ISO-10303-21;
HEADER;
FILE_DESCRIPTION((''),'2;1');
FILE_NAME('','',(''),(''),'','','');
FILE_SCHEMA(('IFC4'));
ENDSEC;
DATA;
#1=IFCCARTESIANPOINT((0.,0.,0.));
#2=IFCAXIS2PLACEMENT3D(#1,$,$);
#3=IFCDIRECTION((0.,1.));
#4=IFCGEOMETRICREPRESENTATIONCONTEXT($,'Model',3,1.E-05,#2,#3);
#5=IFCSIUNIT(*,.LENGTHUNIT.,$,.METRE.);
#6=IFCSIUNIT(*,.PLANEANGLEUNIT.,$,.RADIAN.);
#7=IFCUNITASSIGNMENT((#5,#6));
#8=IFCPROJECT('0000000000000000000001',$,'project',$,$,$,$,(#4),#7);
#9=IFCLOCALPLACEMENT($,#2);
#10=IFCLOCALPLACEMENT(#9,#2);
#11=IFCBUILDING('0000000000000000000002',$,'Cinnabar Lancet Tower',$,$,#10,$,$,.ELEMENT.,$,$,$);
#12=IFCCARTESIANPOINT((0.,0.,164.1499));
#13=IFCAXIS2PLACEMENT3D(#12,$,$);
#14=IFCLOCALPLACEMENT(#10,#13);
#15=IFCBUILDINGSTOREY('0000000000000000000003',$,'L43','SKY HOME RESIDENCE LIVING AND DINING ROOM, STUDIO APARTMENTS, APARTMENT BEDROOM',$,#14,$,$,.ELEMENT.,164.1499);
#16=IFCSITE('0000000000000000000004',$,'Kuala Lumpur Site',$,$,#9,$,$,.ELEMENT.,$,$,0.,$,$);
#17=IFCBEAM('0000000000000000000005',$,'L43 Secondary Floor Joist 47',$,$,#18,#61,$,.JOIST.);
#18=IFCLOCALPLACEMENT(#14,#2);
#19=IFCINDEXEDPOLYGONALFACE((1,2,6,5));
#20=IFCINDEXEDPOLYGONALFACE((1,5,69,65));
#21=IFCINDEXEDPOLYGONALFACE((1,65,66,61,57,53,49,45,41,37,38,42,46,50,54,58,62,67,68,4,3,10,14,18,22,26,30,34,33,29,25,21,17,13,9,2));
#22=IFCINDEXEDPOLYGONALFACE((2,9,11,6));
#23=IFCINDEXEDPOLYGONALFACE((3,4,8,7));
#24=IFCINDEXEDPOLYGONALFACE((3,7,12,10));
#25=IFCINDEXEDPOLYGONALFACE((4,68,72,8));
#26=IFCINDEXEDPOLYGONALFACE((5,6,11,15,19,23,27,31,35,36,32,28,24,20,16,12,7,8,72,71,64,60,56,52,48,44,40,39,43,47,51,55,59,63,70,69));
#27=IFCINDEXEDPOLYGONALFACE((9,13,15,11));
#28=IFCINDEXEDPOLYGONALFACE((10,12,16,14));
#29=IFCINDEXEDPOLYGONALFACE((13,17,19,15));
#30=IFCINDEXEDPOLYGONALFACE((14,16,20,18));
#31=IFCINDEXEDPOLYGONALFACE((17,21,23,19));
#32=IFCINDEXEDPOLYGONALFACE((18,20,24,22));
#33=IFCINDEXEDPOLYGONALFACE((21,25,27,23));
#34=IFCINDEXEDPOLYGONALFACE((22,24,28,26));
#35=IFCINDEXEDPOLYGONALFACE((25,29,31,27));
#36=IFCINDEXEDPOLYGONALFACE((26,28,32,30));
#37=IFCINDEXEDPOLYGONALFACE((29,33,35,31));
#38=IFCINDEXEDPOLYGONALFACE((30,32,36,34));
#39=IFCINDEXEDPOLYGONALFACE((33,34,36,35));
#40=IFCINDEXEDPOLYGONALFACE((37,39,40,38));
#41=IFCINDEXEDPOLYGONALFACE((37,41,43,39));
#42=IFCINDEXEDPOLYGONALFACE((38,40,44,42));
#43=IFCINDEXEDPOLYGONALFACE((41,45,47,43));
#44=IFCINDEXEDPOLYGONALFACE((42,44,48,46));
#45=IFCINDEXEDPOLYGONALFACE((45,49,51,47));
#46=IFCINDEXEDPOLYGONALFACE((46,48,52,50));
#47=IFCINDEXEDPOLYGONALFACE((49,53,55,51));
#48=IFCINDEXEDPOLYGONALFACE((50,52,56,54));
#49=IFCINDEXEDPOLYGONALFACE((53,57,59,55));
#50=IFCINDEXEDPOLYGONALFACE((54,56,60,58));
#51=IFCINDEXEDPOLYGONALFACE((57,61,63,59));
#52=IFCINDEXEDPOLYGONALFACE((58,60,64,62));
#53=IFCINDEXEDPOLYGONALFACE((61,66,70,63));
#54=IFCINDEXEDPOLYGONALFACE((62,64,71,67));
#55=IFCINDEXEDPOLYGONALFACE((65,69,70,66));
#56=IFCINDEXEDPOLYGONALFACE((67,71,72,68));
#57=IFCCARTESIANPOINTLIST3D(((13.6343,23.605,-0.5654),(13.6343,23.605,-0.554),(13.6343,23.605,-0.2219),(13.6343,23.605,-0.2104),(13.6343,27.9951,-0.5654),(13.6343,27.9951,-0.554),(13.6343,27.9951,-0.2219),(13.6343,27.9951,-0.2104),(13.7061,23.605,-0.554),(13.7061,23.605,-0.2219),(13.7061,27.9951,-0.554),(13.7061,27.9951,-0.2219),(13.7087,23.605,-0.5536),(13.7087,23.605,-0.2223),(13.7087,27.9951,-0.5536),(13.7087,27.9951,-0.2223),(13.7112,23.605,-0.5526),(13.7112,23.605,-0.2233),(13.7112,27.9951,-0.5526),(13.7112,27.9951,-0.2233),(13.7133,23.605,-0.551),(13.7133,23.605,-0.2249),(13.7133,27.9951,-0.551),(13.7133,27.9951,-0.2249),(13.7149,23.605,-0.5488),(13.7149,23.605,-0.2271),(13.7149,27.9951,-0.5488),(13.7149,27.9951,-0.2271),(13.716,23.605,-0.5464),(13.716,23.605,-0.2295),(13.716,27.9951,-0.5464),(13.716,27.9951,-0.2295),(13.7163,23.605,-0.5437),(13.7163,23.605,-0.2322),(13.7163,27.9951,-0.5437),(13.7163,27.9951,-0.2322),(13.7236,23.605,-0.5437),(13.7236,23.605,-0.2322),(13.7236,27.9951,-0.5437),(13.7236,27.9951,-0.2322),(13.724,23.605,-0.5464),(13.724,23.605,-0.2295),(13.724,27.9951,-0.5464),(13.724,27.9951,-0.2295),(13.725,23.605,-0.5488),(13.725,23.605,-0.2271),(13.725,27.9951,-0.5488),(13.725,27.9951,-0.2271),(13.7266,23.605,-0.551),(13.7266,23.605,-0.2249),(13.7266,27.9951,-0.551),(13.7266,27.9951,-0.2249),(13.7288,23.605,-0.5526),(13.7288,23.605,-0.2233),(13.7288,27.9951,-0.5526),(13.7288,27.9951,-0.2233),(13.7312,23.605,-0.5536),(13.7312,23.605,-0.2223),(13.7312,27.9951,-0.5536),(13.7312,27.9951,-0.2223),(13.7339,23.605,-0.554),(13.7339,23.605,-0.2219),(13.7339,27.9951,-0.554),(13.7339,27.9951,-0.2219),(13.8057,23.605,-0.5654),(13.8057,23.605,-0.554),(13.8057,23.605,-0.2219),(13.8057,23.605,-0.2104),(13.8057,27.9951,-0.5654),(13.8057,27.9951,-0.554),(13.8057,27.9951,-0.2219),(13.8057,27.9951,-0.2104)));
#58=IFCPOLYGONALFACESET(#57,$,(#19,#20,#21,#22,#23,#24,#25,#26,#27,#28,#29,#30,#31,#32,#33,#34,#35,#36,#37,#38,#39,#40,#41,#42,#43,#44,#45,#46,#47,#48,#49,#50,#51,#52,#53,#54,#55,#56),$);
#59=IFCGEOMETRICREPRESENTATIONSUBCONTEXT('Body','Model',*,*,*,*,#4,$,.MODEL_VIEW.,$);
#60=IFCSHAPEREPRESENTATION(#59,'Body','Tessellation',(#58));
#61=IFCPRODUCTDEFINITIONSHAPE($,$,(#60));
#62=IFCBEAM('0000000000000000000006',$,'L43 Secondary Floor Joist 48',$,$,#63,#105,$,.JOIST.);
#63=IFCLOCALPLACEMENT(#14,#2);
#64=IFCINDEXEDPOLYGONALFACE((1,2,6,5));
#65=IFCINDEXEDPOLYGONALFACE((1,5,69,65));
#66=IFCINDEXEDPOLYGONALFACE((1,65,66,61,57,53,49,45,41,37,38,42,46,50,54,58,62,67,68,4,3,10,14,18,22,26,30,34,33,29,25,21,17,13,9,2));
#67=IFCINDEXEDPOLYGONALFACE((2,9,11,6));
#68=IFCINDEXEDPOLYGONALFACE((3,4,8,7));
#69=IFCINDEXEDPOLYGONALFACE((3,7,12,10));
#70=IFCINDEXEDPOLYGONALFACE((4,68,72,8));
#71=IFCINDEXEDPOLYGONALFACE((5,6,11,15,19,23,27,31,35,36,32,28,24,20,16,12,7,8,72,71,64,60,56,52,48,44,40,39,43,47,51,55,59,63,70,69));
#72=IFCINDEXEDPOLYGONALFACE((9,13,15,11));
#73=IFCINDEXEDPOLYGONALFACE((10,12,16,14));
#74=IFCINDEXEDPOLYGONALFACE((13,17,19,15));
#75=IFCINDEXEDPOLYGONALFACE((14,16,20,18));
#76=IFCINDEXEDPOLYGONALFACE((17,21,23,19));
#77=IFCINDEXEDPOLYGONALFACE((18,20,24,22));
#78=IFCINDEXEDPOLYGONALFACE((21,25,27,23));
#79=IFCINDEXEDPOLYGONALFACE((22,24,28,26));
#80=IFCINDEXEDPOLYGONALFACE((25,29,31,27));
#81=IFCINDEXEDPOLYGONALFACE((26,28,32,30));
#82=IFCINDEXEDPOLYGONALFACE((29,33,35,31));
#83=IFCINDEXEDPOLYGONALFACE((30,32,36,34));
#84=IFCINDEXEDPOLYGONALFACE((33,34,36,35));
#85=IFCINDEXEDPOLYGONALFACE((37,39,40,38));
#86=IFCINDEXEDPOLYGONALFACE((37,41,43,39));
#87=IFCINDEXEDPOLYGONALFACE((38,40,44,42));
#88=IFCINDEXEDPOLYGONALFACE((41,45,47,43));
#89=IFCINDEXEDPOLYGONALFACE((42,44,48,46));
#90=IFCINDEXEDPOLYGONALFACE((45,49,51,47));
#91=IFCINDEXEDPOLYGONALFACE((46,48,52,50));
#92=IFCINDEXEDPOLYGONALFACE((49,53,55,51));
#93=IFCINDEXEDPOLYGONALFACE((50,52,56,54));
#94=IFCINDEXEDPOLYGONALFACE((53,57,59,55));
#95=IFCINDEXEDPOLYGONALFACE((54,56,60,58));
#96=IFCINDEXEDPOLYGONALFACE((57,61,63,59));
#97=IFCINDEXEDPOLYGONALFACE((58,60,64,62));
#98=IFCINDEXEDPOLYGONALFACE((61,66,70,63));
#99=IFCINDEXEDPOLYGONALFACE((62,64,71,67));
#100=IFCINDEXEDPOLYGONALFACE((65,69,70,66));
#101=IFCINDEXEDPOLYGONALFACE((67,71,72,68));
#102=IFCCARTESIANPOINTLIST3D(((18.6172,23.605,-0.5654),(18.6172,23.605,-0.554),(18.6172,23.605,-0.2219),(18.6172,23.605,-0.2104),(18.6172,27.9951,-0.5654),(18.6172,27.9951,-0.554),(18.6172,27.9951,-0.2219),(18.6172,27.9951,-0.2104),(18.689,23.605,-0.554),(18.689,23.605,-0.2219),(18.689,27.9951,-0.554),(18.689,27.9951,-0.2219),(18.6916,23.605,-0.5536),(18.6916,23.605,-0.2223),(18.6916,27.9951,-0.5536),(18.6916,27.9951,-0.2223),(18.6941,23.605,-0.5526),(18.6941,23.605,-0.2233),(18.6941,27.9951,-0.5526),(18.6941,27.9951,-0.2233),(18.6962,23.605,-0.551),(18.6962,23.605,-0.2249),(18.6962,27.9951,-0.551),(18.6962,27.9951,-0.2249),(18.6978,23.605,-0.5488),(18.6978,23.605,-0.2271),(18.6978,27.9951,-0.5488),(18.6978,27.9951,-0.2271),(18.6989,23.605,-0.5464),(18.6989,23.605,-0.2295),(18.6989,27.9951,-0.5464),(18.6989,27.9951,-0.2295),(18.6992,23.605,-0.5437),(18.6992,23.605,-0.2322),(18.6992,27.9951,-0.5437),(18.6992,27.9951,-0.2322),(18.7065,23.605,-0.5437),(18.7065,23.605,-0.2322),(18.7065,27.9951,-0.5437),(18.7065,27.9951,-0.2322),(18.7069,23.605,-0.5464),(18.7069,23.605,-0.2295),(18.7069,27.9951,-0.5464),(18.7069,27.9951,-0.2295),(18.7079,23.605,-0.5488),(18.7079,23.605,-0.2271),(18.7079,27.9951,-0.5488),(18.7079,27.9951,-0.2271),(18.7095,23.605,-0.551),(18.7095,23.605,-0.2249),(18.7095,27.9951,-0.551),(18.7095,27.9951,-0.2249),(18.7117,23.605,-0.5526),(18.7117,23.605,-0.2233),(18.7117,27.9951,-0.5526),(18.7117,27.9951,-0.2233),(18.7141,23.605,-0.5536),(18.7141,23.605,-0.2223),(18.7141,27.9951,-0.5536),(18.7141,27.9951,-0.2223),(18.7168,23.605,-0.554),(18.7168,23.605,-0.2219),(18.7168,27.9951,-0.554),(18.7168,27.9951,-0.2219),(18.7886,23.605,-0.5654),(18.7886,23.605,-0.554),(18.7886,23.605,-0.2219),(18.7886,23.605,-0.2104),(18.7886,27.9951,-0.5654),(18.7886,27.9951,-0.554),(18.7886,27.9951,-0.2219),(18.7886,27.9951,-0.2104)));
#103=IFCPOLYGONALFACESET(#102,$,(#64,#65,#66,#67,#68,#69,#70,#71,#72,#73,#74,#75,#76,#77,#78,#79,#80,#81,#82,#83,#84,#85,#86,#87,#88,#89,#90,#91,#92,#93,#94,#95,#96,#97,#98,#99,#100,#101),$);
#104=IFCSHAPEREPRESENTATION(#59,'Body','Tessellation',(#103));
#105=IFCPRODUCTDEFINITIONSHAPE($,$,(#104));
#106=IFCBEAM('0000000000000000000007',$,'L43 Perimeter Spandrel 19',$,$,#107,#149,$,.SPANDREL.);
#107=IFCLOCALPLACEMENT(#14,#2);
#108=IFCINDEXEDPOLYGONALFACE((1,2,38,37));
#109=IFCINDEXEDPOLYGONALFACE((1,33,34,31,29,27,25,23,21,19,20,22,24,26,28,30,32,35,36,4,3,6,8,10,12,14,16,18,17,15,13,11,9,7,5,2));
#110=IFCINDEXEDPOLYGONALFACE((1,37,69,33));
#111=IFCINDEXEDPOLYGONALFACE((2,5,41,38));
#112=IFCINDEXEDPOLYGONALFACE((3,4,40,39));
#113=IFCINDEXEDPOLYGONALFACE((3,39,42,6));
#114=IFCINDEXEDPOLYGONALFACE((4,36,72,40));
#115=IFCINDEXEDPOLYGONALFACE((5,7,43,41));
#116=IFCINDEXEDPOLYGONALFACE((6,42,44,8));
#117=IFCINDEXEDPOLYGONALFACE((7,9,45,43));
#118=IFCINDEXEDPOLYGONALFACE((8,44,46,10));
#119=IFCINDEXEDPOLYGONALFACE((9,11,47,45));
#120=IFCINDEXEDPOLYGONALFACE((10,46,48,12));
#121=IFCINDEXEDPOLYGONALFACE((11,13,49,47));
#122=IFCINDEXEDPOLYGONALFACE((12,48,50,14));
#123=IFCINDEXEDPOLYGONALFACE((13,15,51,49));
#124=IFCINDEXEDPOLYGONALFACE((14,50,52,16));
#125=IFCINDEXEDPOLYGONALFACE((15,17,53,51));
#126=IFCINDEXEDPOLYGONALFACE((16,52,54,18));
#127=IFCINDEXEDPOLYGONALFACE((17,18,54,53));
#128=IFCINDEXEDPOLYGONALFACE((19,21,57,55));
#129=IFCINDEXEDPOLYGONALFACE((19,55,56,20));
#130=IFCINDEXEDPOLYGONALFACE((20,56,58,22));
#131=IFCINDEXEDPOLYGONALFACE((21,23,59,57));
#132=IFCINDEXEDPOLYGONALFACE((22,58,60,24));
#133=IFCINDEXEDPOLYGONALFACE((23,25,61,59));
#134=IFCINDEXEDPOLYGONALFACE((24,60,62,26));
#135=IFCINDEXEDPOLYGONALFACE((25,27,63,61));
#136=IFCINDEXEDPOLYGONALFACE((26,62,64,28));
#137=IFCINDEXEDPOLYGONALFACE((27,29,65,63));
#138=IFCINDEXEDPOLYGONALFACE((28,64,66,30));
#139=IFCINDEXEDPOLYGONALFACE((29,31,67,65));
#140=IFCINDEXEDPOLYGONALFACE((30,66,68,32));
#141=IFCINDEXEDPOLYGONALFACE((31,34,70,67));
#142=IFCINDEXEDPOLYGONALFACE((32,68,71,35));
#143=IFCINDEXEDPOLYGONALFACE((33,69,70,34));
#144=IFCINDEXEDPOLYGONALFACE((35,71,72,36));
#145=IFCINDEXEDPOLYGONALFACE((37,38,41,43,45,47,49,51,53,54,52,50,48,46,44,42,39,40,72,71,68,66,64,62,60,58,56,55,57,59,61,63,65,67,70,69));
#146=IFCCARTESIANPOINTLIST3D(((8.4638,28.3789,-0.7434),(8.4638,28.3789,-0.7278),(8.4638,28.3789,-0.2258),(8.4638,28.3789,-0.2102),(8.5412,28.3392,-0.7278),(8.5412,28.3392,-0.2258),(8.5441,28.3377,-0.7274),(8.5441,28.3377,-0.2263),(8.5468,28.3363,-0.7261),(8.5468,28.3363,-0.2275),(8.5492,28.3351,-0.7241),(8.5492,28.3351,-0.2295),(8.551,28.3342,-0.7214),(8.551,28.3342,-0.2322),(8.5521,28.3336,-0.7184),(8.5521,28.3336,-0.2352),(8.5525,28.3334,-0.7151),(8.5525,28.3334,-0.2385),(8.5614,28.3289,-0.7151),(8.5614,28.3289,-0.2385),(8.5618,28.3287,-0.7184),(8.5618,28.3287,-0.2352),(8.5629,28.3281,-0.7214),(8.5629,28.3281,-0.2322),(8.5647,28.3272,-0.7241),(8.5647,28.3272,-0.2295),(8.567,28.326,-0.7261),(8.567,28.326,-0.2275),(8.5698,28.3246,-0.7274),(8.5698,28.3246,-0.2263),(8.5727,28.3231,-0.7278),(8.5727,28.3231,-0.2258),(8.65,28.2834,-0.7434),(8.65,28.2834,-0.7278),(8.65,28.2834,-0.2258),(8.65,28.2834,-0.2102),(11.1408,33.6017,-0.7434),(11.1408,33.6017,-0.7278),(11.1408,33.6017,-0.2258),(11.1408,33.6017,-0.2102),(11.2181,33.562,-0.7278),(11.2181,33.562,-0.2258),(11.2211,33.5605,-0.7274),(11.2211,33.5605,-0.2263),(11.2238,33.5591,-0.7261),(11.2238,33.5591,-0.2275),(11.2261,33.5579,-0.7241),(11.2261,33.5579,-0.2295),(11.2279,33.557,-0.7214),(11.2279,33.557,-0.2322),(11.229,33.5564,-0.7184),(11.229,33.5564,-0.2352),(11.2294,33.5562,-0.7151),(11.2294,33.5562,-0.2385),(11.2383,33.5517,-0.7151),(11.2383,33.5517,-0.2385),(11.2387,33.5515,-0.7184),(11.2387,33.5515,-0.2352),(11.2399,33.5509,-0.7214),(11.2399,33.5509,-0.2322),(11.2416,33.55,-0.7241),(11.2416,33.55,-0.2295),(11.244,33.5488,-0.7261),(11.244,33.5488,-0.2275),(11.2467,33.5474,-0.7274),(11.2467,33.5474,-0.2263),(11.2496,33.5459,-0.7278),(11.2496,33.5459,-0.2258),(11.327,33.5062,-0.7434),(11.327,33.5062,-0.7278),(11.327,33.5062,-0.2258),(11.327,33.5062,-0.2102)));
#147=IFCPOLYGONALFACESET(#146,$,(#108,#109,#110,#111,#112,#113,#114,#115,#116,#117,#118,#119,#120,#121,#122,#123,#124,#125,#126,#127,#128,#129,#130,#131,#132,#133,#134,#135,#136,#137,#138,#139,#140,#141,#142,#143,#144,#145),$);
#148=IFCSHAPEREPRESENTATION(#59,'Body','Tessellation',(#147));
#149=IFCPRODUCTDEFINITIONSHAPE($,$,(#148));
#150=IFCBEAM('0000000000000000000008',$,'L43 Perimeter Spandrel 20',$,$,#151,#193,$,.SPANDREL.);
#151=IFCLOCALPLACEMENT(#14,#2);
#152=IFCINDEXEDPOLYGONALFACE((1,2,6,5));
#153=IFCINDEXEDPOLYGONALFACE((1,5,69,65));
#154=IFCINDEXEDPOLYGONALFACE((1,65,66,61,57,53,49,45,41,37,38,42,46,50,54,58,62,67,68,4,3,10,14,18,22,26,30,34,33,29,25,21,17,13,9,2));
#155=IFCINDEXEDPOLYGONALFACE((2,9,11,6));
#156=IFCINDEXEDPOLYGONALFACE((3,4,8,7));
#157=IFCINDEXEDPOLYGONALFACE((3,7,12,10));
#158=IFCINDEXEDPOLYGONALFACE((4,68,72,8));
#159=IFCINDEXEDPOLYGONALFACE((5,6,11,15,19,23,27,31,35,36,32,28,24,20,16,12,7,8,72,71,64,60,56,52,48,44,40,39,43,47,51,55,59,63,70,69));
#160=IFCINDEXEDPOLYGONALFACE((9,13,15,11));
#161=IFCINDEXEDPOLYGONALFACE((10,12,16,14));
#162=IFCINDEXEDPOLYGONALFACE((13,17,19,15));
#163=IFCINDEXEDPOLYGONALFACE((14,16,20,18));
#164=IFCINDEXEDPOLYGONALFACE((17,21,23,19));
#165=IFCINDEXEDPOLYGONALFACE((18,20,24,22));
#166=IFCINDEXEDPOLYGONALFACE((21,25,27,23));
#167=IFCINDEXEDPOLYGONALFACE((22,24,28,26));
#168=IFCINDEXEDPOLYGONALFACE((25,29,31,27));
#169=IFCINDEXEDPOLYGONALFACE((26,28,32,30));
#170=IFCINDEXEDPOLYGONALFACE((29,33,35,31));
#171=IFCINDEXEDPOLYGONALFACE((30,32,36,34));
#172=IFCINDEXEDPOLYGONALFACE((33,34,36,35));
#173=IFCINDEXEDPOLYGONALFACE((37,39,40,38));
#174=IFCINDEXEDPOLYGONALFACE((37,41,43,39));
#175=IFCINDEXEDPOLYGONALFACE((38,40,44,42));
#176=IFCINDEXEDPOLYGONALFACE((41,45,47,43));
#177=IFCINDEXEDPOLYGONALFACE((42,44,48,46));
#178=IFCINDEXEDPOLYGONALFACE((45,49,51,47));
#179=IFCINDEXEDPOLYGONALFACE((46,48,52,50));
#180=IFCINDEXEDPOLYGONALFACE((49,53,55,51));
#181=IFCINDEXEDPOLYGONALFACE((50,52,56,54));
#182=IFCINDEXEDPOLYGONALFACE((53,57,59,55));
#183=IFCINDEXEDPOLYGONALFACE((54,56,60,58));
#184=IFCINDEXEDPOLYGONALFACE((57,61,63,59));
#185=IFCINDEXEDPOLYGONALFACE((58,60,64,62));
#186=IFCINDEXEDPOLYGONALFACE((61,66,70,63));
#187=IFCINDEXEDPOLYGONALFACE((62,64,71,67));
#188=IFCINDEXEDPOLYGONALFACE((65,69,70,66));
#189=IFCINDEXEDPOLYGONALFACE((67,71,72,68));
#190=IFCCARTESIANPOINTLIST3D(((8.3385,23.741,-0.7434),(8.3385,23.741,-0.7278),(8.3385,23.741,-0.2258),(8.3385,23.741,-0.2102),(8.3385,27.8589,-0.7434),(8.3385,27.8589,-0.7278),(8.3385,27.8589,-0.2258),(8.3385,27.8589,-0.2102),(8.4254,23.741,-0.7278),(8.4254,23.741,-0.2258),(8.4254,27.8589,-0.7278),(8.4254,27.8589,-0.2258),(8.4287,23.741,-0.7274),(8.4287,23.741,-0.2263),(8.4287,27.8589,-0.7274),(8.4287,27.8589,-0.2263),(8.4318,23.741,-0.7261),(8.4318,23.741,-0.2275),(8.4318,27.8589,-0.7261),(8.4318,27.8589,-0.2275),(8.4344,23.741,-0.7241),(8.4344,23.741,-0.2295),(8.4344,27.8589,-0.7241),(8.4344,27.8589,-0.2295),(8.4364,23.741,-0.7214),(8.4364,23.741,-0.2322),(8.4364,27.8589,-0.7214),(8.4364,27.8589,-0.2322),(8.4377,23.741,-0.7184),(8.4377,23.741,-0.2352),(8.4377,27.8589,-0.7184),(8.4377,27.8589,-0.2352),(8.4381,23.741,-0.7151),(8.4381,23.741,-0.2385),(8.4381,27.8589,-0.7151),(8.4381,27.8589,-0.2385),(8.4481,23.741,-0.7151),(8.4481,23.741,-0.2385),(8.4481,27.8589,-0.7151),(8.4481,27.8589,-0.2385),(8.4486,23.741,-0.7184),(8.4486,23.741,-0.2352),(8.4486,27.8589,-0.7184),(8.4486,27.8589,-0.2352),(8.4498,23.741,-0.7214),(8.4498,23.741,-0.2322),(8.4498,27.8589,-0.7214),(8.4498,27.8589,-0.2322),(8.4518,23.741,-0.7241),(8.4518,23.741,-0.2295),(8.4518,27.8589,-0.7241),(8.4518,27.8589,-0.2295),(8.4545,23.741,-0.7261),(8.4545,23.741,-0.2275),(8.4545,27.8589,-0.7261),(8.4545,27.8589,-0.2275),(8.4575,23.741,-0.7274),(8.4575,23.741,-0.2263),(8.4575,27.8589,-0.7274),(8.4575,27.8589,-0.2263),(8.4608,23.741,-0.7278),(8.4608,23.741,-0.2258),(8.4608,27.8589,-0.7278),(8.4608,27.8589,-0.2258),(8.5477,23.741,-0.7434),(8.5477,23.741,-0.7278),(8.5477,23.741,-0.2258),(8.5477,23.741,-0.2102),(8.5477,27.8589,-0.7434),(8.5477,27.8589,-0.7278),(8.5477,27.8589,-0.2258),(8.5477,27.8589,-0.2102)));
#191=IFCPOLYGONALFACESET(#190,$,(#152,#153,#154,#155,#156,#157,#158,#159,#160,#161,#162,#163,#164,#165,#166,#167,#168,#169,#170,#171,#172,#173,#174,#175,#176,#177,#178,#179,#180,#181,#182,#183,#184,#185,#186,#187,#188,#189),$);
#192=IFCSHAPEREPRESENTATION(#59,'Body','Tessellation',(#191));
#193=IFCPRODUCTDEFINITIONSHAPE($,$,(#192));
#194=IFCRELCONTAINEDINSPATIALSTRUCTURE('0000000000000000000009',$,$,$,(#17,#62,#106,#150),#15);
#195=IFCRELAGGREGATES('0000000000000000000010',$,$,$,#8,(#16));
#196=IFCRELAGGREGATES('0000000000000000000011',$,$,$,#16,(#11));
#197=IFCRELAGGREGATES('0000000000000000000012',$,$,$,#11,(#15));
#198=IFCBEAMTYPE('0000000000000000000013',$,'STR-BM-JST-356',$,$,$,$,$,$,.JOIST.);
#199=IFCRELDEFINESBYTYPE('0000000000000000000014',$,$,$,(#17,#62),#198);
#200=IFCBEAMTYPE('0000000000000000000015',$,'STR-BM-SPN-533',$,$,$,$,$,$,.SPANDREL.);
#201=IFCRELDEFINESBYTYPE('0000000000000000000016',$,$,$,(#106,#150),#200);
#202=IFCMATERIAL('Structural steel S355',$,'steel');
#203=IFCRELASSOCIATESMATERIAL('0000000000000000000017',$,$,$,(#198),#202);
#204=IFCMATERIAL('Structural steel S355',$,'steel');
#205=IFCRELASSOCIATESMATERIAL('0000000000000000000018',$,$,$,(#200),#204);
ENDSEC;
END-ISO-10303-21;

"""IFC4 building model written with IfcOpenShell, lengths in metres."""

from ifc_helpers import new_model, si_unit, direction, frame, origin, origin_2d, place, context, subcontext, project, spatial, i_section, extrude, material, material_profile, profile_set, type_object, element, save


model = new_model("IFC4")

# Units and contexts
model_context = context("Model", 3, precision=1e-05, world=origin(), true_north=direction((0.0, 1.0)))
body_context = subcontext(model_context, "Body", "Model", "MODEL_VIEW")
ifc_project = project(units=[si_unit("LENGTHUNIT", "METRE"), si_unit("PLANEANGLEUNIT", "RADIAN")], contexts=[model_context])

# Site, building, storey
site_placement = place(None, origin())
site = spatial("IfcSite", under=ifc_project, at=site_placement, Name="Kuala Lumpur Site", CompositionType="ELEMENT", RefElevation=0.0)
building_placement = place(site_placement, origin())
building = spatial("IfcBuilding", under=site, at=building_placement, Name="Cinnabar Lancet Tower", CompositionType="ELEMENT")
storey_placement = place(building_placement, frame((0.0, 0.0, 164.1499)))
storey = spatial("IfcBuildingStorey", under=building, at=storey_placement, Name="L43", Description="SKY HOME RESIDENCE LIVING AND DINING ROOM, STUDIO APARTMENTS, APARTMENT BEDROOM", CompositionType="ELEMENT", Elevation=164.1499)

# Beams
ifc_material_1 = material(Name="Structural steel S355", Category="steel")
ifc_material_profile_1 = material_profile(ifc_material_1, i_section(OverallWidth=0.1714, OverallDepth=0.355, WebThickness=0.0073, FlangeThickness=0.0115, FilletRadius=0.0103, at=origin_2d()), Name="UKB 356x171x51")
ifc_profile_set_1 = profile_set([ifc_material_profile_1], Name="Structural steel S355")
beam_type_1 = type_object("IfcBeamType", Name="STR-BM-JST-356", PredefinedType="JOIST", material=ifc_profile_set_1)
for number, where, z_axis, x_axis, name in (
    (1, (13.72, 27.9951, -0.3879), (0.0, -1.0, 0.0), (1.0, 0.0, 0.0), "L43 Secondary Floor Joist 47"),
    (2, (18.7029, 27.9951, -0.3879), (0.0, -1.0, 0.0), (1.0, 0.0, 0.0), "L43 Secondary Floor Joist 48"),
):
    element("IfcBeam", number, at=place(storey_placement, frame(where, z_axis=z_axis, x_axis=x_axis)), inside=storey, type_object=beam_type_1, Name=name, PredefinedType="JOIST", context=body_context, shape_type="SweptSolid", body=[
        extrude(i_section(OverallWidth=0.1714, OverallDepth=0.355, WebThickness=0.0073, FlangeThickness=0.0115, FilletRadius=0.0103, at=origin_2d()), origin(), (0.0, 0.0, 1.0), 4.3901),
    ])
ifc_material_2 = material(Name="Structural steel S355", Category="steel")
ifc_material_profile_2 = material_profile(ifc_material_2, i_section(OverallWidth=0.2092, OverallDepth=0.5332, WebThickness=0.01, FlangeThickness=0.0156, FilletRadius=0.0127, at=origin_2d()), Name="UKB 533x210x92")
ifc_profile_set_2 = profile_set([ifc_material_profile_2], Name="Structural steel S355")
beam_type_2 = type_object("IfcBeamType", Name="STR-BM-SPN-533", PredefinedType="SPANDREL", material=ifc_profile_set_2)
beam_1_placement = place(storey_placement, frame((11.2339, 33.554, -0.4768), z_axis=(-0.456127, -0.889915, 0.0), x_axis=(0.889915, -0.456127, 0.0)))
element("IfcBeam", 3, at=beam_1_placement, inside=storey, type_object=beam_type_2, Name="L43 Perimeter Spandrel 19", PredefinedType="SPANDREL", context=body_context, shape_type="SweptSolid", body=[
    extrude(i_section(OverallWidth=0.2092, OverallDepth=0.5332, WebThickness=0.01, FlangeThickness=0.0156, FilletRadius=0.0127, at=origin_2d()), origin(), (0.0, 0.0, 1.0), 5.8689),
])
beam_2_placement = place(storey_placement, frame((8.4431, 27.8589, -0.4768), z_axis=(0.0, -1.0, 0.0), x_axis=(1.0, 0.0, 0.0)))
element("IfcBeam", 4, at=beam_2_placement, inside=storey, type_object=beam_type_2, Name="L43 Perimeter Spandrel 20", PredefinedType="SPANDREL", context=body_context, shape_type="SweptSolid", body=[
    extrude(i_section(OverallWidth=0.2092, OverallDepth=0.5332, WebThickness=0.01, FlangeThickness=0.0156, FilletRadius=0.0127, at=origin_2d()), origin(), (0.0, 0.0, 1.0), 4.1179),
])

save(model, "model.ifc")
